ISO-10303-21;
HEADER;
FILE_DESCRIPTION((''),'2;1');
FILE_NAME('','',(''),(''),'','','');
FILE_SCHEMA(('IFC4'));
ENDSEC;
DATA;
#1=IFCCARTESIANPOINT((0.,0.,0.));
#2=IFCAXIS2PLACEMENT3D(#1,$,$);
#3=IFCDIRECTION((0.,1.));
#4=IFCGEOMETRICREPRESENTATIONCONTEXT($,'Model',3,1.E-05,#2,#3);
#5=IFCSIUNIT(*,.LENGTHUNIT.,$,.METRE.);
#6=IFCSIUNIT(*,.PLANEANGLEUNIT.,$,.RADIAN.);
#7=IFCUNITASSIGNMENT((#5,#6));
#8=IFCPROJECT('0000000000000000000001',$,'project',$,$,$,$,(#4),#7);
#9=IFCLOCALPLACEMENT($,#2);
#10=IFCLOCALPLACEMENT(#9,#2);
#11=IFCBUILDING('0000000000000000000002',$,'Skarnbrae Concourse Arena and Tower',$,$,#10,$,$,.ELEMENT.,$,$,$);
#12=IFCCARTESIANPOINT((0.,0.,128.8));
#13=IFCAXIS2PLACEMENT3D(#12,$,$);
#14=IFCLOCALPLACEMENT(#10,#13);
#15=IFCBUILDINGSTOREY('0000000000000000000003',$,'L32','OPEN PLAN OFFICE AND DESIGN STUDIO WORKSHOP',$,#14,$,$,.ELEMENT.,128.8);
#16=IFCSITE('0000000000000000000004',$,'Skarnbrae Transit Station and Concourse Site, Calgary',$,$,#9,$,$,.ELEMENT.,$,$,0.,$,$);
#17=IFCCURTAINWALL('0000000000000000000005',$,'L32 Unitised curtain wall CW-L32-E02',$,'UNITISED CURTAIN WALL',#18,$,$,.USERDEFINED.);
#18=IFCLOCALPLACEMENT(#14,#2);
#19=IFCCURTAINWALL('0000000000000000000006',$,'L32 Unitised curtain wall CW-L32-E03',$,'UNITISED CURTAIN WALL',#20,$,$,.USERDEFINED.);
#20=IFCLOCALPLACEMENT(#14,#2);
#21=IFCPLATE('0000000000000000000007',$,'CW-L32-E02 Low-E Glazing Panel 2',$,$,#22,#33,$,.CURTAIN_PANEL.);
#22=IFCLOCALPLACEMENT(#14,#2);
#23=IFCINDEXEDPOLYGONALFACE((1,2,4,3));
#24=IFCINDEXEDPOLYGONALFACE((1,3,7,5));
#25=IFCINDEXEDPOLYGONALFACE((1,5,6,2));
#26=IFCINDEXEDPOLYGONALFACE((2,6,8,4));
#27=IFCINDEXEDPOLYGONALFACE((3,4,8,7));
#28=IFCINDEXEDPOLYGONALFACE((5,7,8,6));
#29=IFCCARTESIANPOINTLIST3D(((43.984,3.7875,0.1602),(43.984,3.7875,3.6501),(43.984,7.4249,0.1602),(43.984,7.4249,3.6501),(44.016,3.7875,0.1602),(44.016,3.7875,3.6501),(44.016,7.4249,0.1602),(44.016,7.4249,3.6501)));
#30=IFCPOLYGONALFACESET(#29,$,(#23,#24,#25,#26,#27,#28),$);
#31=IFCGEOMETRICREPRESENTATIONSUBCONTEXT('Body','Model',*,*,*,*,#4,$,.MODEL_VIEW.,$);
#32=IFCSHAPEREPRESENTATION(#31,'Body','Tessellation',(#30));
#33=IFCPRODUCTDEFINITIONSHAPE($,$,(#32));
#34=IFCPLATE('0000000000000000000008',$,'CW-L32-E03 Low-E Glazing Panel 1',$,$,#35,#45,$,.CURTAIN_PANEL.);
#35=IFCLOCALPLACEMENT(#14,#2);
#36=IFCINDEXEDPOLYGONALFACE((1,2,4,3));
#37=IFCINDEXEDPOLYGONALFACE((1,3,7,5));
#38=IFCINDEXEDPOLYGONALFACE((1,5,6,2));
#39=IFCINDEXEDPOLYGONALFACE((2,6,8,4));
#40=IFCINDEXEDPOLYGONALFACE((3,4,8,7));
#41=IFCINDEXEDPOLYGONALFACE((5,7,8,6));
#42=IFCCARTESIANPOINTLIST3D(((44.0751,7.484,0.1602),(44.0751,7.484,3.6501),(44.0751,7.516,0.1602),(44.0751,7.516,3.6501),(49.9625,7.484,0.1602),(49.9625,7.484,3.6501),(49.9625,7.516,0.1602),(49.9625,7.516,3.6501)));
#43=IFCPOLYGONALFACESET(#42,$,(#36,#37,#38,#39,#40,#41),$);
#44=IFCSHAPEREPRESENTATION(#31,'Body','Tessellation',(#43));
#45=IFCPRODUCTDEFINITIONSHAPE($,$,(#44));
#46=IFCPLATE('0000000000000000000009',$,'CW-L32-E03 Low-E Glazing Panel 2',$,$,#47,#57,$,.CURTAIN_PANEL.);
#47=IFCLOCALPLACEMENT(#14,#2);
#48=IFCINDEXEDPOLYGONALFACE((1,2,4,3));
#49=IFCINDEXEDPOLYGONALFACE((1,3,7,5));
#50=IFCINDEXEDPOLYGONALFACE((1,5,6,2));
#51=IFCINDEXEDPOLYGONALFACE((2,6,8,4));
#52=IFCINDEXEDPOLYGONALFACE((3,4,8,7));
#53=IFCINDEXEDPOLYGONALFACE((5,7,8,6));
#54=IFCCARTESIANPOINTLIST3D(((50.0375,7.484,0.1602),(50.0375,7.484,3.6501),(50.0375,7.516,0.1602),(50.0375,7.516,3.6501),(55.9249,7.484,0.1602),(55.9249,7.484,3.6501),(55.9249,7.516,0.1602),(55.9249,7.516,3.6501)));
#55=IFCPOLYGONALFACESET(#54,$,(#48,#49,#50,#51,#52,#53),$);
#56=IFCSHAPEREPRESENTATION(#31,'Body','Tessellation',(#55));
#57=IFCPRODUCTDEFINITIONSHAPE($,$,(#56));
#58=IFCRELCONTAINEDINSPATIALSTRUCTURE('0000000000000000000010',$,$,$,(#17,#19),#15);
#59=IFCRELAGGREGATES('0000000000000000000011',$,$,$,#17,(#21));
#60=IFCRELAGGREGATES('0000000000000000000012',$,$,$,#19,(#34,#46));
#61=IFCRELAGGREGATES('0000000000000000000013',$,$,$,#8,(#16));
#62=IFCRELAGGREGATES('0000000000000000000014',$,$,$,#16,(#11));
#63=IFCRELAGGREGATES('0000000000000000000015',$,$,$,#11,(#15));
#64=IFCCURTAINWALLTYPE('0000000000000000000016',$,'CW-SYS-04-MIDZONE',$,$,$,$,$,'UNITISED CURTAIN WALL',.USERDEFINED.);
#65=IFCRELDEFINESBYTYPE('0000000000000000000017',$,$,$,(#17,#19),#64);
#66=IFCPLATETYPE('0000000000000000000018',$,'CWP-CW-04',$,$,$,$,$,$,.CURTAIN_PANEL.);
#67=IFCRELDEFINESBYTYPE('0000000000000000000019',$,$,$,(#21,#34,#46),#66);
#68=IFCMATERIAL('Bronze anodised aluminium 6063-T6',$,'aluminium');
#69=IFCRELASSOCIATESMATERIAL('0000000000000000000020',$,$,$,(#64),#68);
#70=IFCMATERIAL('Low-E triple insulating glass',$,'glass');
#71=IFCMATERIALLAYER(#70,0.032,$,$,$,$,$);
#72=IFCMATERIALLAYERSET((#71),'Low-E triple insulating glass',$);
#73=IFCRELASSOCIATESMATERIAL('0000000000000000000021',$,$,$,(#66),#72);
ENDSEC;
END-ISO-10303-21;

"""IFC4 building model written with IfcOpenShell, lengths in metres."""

from ifc_helpers import new_model, si_unit, direction, frame, origin, origin_2d, place, context, subcontext, project, spatial, rectangle, extrude, source, transform, mapped, material, layer, layer_set, type_object, element, aggregate, save


model = new_model("IFC4")

# Units and contexts
model_context = context("Model", 3, precision=1e-05, world=origin(), true_north=direction((0.0, 1.0)))
body_context = subcontext(model_context, "Body", "Model", "MODEL_VIEW")
ifc_project = project(units=[si_unit("LENGTHUNIT", "METRE"), si_unit("PLANEANGLEUNIT", "RADIAN")], contexts=[model_context])

# Site, building, storey
site_placement = place(None, origin())
site = spatial("IfcSite", under=ifc_project, at=site_placement, Name="Skarnbrae Transit Station and Concourse Site, Calgary", CompositionType="ELEMENT", RefElevation=0.0)
building_placement = place(site_placement, origin())
building = spatial("IfcBuilding", under=site, at=building_placement, Name="Skarnbrae Concourse Arena and Tower", CompositionType="ELEMENT")
storey_placement = place(building_placement, frame((0.0, 0.0, 128.8)))
storey = spatial("IfcBuildingStorey", under=building, at=storey_placement, Name="L32", Description="OPEN PLAN OFFICE AND DESIGN STUDIO WORKSHOP", CompositionType="ELEMENT", Elevation=128.8)

# Curtain walls
ifc_material_1 = material(Name="Bronze anodised aluminium 6063-T6", Category="aluminium")
curtain_wall_type = type_object("IfcCurtainWallType", Name="CW-SYS-04-MIDZONE", ElementType="UNITISED CURTAIN WALL", PredefinedType="USERDEFINED", material=ifc_material_1)
curtain_wall_1_placement = place(storey_placement, origin())
curtain_wall_1 = element("IfcCurtainWall", 1, at=curtain_wall_1_placement, inside=storey, type_object=curtain_wall_type, Name="L32 Unitised curtain wall CW-L32-E02", ObjectType="UNITISED CURTAIN WALL", PredefinedType="USERDEFINED")
curtain_wall_2_placement = place(storey_placement, origin())
curtain_wall_2 = element("IfcCurtainWall", 2, at=curtain_wall_2_placement, inside=storey, type_object=curtain_wall_type, Name="L32 Unitised curtain wall CW-L32-E03", ObjectType="UNITISED CURTAIN WALL", PredefinedType="USERDEFINED")

# Plates
ifc_material_2 = material(Name="Low-E triple insulating glass", Category="glass")
ifc_layer = layer(ifc_material_2, 0.032)
ifc_layer_set = layer_set([ifc_layer], Name="Low-E triple insulating glass")
plate_type = type_object("IfcPlateType", Name="CWP-CW-04", PredefinedType="CURTAIN_PANEL", material=ifc_layer_set)
shared_shape_1 = source(origin(), body_context, "Body", "SweptSolid", [
    extrude(rectangle(XDim=3.6375, YDim=0.032, at=origin_2d()), origin(), (0.0, 0.0, 1.0), 3.49),
])
plate_1_placement = place(storey_placement, frame((44.0, 5.6062, 0.1602), z_axis=(0.0, 0.0, 1.0), x_axis=(0.0, 1.0, 0.0)))
plate_1 = element("IfcPlate", 3, at=plate_1_placement, type_object=plate_type, Name="CW-L32-E02 Low-E Glazing Panel 2", PredefinedType="CURTAIN_PANEL", context=body_context, shape_type="MappedRepresentation", body=[
    mapped(shared_shape_1, transform((0.0, 0.0, 0.0))),
])
aggregate(curtain_wall_1, [plate_1])
shared_shape_2 = source(origin(), body_context, "Body", "SweptSolid", [
    extrude(rectangle(XDim=5.8875, YDim=0.032, at=origin_2d()), origin(), (0.0, 0.0, 1.0), 3.49),
])
plate_2_placement = place(storey_placement, frame((47.0188, 7.5, 0.1602), z_axis=(0.0, 0.0, 1.0), x_axis=(1.0, 0.0, 0.0)))
plate_2 = element("IfcPlate", 4, at=plate_2_placement, type_object=plate_type, Name="CW-L32-E03 Low-E Glazing Panel 1", PredefinedType="CURTAIN_PANEL", context=body_context, shape_type="MappedRepresentation", body=[
    mapped(shared_shape_2, transform((0.0, 0.0, 0.0))),
])
plate_3_placement = place(storey_placement, frame((52.9812, 7.5, 0.1602), z_axis=(0.0, 0.0, 1.0), x_axis=(1.0, 0.0, 0.0)))
plate_3 = element("IfcPlate", 5, at=plate_3_placement, type_object=plate_type, Name="CW-L32-E03 Low-E Glazing Panel 2", PredefinedType="CURTAIN_PANEL", context=body_context, shape_type="MappedRepresentation", body=[
    mapped(shared_shape_2, transform((0.0, 0.0, 0.0))),
])
aggregate(curtain_wall_2, [plate_2, plate_3])

save(model, "model.ifc")
